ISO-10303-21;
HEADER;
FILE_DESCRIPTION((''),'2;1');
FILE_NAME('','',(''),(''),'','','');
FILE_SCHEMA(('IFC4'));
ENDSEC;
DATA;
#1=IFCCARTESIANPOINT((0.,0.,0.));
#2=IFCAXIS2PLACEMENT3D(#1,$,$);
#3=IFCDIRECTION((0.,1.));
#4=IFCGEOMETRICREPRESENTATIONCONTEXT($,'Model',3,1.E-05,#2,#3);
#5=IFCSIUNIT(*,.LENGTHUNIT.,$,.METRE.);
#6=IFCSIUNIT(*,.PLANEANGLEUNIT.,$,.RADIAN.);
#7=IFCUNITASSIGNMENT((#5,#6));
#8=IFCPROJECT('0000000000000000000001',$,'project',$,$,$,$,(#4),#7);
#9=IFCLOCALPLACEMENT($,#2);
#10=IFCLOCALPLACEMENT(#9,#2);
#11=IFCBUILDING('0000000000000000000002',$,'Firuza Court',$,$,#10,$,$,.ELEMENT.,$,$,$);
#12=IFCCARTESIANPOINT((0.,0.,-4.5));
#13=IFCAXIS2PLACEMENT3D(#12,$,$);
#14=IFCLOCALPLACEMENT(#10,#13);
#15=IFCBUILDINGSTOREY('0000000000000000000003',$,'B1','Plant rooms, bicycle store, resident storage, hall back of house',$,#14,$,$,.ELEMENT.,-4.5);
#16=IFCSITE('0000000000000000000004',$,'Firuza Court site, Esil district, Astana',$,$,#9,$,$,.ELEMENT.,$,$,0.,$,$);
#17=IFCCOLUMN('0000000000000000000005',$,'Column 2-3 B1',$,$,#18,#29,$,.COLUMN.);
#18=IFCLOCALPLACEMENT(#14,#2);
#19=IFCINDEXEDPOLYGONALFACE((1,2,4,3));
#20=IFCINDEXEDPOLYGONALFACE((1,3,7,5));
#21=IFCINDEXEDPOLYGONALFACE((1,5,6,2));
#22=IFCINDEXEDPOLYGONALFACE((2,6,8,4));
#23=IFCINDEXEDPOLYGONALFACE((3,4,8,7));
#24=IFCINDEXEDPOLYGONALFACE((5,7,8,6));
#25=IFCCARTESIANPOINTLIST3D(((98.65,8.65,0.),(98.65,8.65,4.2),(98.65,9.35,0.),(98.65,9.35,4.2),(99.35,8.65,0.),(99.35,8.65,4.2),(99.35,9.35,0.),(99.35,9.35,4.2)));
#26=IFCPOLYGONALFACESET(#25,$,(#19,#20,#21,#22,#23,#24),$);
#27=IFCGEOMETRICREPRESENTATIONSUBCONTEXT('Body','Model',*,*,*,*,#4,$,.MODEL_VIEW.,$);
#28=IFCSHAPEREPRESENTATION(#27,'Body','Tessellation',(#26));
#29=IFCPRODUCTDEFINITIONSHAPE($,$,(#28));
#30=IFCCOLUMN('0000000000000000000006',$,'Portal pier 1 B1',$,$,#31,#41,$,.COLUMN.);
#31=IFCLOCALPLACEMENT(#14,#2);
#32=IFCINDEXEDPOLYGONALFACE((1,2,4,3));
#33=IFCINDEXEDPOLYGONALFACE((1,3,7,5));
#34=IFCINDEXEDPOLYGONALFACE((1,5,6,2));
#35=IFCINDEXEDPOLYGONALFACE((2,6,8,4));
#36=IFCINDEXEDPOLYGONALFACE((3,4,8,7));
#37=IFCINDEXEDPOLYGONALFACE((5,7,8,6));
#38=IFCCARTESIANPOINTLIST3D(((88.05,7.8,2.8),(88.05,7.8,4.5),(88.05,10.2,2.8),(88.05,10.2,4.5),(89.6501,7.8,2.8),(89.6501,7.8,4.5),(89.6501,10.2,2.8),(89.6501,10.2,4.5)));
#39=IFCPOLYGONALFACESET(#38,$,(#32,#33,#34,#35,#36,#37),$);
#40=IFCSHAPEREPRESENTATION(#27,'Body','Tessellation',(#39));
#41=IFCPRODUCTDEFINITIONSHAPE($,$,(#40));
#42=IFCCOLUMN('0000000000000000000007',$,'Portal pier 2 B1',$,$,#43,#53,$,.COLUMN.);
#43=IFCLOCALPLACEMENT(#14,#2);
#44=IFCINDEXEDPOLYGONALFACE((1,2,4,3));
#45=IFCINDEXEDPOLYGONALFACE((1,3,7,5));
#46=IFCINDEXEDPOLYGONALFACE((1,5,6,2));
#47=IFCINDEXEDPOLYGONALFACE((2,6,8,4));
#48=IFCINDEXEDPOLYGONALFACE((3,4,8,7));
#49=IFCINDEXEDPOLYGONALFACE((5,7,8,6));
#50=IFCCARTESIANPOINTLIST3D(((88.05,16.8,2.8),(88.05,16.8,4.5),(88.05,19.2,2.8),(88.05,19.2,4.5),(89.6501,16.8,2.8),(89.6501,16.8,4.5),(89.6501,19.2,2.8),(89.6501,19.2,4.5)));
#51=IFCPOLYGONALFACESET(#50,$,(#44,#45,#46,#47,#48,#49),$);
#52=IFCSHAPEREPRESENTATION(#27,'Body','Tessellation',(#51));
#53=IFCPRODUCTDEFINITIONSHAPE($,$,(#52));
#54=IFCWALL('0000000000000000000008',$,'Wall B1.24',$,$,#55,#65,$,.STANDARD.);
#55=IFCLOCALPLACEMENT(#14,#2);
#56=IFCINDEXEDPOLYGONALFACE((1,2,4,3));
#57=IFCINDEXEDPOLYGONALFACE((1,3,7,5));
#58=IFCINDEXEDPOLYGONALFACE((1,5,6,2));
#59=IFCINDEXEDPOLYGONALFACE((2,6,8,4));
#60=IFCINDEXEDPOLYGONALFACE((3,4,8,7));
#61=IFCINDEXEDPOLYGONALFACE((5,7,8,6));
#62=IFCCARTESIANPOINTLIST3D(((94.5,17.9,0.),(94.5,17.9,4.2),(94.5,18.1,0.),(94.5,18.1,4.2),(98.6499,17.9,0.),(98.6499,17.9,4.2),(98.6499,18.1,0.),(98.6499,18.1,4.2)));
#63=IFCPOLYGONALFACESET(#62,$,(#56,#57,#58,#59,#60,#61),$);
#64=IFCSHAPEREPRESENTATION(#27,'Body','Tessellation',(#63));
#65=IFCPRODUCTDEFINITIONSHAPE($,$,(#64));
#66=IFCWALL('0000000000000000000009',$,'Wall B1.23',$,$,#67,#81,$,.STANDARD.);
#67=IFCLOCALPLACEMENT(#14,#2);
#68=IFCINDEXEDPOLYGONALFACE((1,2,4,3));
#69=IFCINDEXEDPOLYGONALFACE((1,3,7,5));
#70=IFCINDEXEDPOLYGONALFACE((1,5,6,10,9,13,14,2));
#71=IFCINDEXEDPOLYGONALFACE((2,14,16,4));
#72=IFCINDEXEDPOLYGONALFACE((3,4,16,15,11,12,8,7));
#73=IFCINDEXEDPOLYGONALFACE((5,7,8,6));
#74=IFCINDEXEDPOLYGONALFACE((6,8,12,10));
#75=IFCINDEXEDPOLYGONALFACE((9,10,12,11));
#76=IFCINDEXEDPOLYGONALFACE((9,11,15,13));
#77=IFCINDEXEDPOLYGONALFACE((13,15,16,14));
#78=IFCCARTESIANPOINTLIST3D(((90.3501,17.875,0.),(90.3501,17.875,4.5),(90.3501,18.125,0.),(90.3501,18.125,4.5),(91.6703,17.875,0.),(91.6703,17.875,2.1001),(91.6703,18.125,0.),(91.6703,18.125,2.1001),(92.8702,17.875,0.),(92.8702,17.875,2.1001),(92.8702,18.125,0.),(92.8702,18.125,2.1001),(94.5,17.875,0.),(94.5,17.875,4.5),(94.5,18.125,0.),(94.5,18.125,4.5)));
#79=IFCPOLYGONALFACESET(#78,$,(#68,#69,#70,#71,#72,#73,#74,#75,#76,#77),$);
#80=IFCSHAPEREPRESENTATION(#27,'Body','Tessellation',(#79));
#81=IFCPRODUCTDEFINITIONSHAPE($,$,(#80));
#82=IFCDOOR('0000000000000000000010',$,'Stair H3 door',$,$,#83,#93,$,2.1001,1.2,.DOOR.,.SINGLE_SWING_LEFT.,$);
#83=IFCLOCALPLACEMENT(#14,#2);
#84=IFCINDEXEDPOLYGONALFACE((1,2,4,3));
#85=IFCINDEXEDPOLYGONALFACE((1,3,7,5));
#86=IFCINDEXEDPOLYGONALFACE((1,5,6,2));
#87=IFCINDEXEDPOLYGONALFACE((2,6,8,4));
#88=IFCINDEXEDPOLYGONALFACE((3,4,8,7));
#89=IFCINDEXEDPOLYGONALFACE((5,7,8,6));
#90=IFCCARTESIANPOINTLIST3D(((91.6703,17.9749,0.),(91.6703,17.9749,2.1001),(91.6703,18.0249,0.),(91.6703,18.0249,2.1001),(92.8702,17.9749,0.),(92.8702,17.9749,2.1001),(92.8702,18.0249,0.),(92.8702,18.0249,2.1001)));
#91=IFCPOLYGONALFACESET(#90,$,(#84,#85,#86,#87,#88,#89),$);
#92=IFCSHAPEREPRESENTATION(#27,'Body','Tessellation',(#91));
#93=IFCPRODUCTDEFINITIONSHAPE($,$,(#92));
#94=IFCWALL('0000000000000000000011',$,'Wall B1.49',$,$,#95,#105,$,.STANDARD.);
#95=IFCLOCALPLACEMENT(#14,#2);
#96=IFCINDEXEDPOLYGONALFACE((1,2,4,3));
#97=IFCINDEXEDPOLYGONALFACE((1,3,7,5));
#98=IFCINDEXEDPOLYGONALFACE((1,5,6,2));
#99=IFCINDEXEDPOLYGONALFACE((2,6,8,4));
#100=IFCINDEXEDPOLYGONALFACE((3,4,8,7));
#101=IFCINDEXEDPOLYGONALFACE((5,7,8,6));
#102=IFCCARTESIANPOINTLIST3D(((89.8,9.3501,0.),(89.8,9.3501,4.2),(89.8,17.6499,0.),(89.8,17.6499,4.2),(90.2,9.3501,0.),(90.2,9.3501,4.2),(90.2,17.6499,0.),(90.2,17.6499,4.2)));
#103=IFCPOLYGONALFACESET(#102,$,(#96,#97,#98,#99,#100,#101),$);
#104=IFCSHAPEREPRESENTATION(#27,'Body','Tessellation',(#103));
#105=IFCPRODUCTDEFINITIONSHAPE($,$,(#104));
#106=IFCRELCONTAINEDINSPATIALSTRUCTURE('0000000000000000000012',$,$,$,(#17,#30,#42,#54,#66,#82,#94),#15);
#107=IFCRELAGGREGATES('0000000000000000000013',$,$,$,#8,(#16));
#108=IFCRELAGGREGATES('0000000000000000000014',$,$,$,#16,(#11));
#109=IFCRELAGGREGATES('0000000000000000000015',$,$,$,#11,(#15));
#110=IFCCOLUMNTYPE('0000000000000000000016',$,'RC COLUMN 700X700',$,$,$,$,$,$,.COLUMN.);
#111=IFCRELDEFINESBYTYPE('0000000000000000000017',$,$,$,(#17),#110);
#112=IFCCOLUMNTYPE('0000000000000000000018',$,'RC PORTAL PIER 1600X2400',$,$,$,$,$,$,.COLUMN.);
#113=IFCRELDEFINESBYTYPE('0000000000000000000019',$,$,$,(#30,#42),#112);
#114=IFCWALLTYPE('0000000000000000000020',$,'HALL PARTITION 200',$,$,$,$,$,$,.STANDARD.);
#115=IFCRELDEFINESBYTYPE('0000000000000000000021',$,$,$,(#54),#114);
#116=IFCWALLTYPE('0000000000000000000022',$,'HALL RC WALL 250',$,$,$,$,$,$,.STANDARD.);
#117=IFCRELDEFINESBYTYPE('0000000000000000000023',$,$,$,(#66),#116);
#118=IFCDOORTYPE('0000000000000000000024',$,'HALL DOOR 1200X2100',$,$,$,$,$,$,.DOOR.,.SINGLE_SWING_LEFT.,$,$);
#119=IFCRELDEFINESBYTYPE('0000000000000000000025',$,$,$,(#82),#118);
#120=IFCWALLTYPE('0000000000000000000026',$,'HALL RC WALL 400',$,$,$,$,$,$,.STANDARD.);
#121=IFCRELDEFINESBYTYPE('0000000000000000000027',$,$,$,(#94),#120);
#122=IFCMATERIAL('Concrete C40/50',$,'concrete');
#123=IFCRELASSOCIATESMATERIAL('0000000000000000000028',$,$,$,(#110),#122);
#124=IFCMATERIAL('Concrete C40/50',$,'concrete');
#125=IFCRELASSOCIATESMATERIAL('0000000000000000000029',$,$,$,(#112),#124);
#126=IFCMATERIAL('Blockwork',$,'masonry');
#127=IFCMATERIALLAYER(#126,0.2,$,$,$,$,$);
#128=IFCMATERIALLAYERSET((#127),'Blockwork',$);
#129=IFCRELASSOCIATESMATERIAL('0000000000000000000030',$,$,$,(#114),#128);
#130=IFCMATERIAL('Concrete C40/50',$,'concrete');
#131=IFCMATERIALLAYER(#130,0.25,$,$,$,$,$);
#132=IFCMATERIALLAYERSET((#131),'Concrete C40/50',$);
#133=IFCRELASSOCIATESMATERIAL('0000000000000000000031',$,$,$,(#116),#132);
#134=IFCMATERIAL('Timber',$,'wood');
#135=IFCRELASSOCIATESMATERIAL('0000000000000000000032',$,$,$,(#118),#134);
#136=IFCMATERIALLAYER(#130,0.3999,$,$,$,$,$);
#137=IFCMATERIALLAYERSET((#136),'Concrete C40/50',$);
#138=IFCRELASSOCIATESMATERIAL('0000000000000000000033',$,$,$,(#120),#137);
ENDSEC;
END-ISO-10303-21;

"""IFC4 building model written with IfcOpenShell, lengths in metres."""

from ifc_helpers import new_model, si_unit, direction, frame, frame_2d, origin, origin_2d, place, context, subcontext, project, spatial, rectangle, extrude, material, layer, layer_set, material_profile, profile_set, type_object, element, fill, save


model = new_model("IFC4")

# Units and contexts
model_context = context("Model", 3, precision=1e-05, world=origin(), true_north=direction((0.0, 1.0)))
body_context = subcontext(model_context, "Body", "Model", "MODEL_VIEW")
ifc_project = project(units=[si_unit("LENGTHUNIT", "METRE"), si_unit("PLANEANGLEUNIT", "RADIAN")], contexts=[model_context])

# Site, building, storey
site_placement = place(None, origin())
site = spatial("IfcSite", under=ifc_project, at=site_placement, Name="Firuza Court site, Esil district, Astana", CompositionType="ELEMENT", RefElevation=0.0)
building_placement = place(site_placement, origin())
building = spatial("IfcBuilding", under=site, at=building_placement, Name="Firuza Court", CompositionType="ELEMENT")
storey_placement = place(building_placement, frame((0.0, 0.0, -4.5)))
storey = spatial("IfcBuildingStorey", under=building, at=storey_placement, Name="B1", Description="Plant rooms, bicycle store, resident storage, hall back of house", CompositionType="ELEMENT", Elevation=-4.5)

# Shared definitions
ifc_material_1 = material(Name="Concrete C40/50", Category="concrete")

# Columns
ifc_material_2 = material(Name="Concrete C40/50", Category="concrete")
ifc_material_profile_1 = material_profile(ifc_material_2, rectangle(XDim=0.7, YDim=0.7, at=origin_2d()), Name="RC 700X700")
ifc_profile_set_1 = profile_set([ifc_material_profile_1], Name="Concrete C40/50")
column_type_1 = type_object("IfcColumnType", Name="RC COLUMN 700X700", PredefinedType="COLUMN", material=ifc_profile_set_1)
for number, where, z_axis, x_axis, name in (
    (1, (99.0, 9.0, 0.0), (0.0, 0.0, 1.0), (1.0, 0.0, 0.0), "Column 2-3 B1"),
):
    element("IfcColumn", number, at=place(storey_placement, frame(where, z_axis=z_axis, x_axis=x_axis)), inside=storey, type_object=column_type_1, Name=name, PredefinedType="COLUMN", context=body_context, shape_type="SweptSolid", body=[
        extrude(rectangle(XDim=0.7, YDim=0.7, at=origin_2d()), origin(), (0.0, 0.0, 1.0), 4.2),
    ])
ifc_material_3 = material(Name="Concrete C40/50", Category="concrete")
ifc_material_profile_2 = material_profile(ifc_material_3, rectangle(XDim=1.6001, YDim=2.3999, at=origin_2d()), Name="RC 1600X2400")
ifc_profile_set_2 = profile_set([ifc_material_profile_2], Name="Concrete C40/50")
column_type_2 = type_object("IfcColumnType", Name="RC PORTAL PIER 1600X2400", PredefinedType="COLUMN", material=ifc_profile_set_2)
for number, where, z_axis, x_axis, name in (
    (2, (88.8501, 9.0, 2.8), (0.0, 0.0, 1.0), (1.0, 0.0, 0.0), "Portal pier 1 B1"),
    (3, (88.8501, 18.0, 2.8), (0.0, 0.0, 1.0), (1.0, 0.0, 0.0), "Portal pier 2 B1"),
):
    element("IfcColumn", number, at=place(storey_placement, frame(where, z_axis=z_axis, x_axis=x_axis)), inside=storey, type_object=column_type_2, Name=name, PredefinedType="COLUMN", context=body_context, shape_type="SweptSolid", body=[
        extrude(rectangle(XDim=1.6001, YDim=2.3999, at=origin_2d()), origin(), (0.0, 0.0, 1.0), 1.7),
    ])

# Wall
ifc_material_4 = material(Name="Blockwork", Category="masonry")
ifc_layer_1 = layer(ifc_material_4, 0.2)
ifc_layer_set_1 = layer_set([ifc_layer_1], Name="Blockwork")
wall_type_1 = type_object("IfcWallType", Name="HALL PARTITION 200", PredefinedType="STANDARD", material=ifc_layer_set_1)
wall_1_placement = place(storey_placement, frame((94.5, 18.0, 0.0), z_axis=(0.0, 0.0, 1.0), x_axis=(1.0, 0.0, 0.0)))
element("IfcWall", 4, at=wall_1_placement, inside=storey, type_object=wall_type_1, Name="Wall B1.24", PredefinedType="STANDARD", context=body_context, shape_type="SweptSolid", body=[
    extrude(rectangle(XDim=4.1499, YDim=0.2, at=frame_2d((2.075, 0.0))), origin(), (0.0, 0.0, 1.0), 4.2),
])

# Wall, opening, door
ifc_layer_2 = layer(ifc_material_1, 0.25)
ifc_layer_set_2 = layer_set([ifc_layer_2], Name="Concrete C40/50")
wall_type_2 = type_object("IfcWallType", Name="HALL RC WALL 250", PredefinedType="STANDARD", material=ifc_layer_set_2)
wall_2_placement = place(storey_placement, frame((90.3501, 18.0, 0.0), z_axis=(0.0, 0.0, 1.0), x_axis=(1.0, 0.0, 0.0)))
wall_2 = element("IfcWall", 5, at=wall_2_placement, inside=storey, type_object=wall_type_2, Name="Wall B1.23", PredefinedType="STANDARD", context=body_context, shape_type="SweptSolid", body=[
    extrude(rectangle(XDim=4.1499, YDim=0.25, at=frame_2d((2.075, 0.0))), origin(), (0.0, 0.0, 1.0), 4.5),
])
opening_placement = place(wall_2_placement, frame((1.3201, 0.0, 0.0)))
opening = element("IfcOpeningElement", 6, at=opening_placement, cuts=wall_2, PredefinedType="OPENING", context=body_context, shape_type="SweptSolid", body=[
    extrude(rectangle(XDim=1.2, YDim=2.1001, at=frame_2d((0.6001, 1.05))), frame((0.0, 0.137, 0.0), z_axis=(0.0, -1.0, 0.0), x_axis=(1.0, 0.0, 0.0)), (0.0, 0.0, 1.0), 0.2739),
])
ifc_material_5 = material(Name="Timber", Category="wood")
door_type = type_object("IfcDoorType", Name="HALL DOOR 1200X2100", OperationType="SINGLE_SWING_LEFT", PredefinedType="DOOR", material=ifc_material_5)
door_placement = place(opening_placement, origin())
door = element("IfcDoor", 7, at=door_placement, inside=storey, type_object=door_type, Name="Stair H3 door", OperationType="SINGLE_SWING_LEFT", OverallHeight=2.1001, OverallWidth=1.2, PredefinedType="DOOR", context=body_context, shape_type="SweptSolid", body=[
    extrude(rectangle(XDim=1.2, YDim=2.1001, at=frame_2d((0.6001, 1.05))), frame((0.0, 0.0249, 0.0), z_axis=(0.0, -1.0, 0.0), x_axis=(1.0, 0.0, 0.0)), (0.0, 0.0, 1.0), 0.05),
])
fill(opening, door)

# Wall
ifc_layer_3 = layer(ifc_material_1, 0.3999)
ifc_layer_set_3 = layer_set([ifc_layer_3], Name="Concrete C40/50")
wall_type_3 = type_object("IfcWallType", Name="HALL RC WALL 400", PredefinedType="STANDARD", material=ifc_layer_set_3)
wall_3_placement = place(storey_placement, frame((90.0, 9.3501, 0.0), z_axis=(0.0, 0.0, 1.0), x_axis=(0.0, 1.0, 0.0)))
element("IfcWall", 8, at=wall_3_placement, inside=storey, type_object=wall_type_3, Name="Wall B1.49", PredefinedType="STANDARD", context=body_context, shape_type="SweptSolid", body=[
    extrude(rectangle(XDim=8.2998, YDim=0.3999, at=frame_2d((4.1499, 0.0))), origin(), (0.0, 0.0, 1.0), 4.2),
])

save(model, "model.ifc")
